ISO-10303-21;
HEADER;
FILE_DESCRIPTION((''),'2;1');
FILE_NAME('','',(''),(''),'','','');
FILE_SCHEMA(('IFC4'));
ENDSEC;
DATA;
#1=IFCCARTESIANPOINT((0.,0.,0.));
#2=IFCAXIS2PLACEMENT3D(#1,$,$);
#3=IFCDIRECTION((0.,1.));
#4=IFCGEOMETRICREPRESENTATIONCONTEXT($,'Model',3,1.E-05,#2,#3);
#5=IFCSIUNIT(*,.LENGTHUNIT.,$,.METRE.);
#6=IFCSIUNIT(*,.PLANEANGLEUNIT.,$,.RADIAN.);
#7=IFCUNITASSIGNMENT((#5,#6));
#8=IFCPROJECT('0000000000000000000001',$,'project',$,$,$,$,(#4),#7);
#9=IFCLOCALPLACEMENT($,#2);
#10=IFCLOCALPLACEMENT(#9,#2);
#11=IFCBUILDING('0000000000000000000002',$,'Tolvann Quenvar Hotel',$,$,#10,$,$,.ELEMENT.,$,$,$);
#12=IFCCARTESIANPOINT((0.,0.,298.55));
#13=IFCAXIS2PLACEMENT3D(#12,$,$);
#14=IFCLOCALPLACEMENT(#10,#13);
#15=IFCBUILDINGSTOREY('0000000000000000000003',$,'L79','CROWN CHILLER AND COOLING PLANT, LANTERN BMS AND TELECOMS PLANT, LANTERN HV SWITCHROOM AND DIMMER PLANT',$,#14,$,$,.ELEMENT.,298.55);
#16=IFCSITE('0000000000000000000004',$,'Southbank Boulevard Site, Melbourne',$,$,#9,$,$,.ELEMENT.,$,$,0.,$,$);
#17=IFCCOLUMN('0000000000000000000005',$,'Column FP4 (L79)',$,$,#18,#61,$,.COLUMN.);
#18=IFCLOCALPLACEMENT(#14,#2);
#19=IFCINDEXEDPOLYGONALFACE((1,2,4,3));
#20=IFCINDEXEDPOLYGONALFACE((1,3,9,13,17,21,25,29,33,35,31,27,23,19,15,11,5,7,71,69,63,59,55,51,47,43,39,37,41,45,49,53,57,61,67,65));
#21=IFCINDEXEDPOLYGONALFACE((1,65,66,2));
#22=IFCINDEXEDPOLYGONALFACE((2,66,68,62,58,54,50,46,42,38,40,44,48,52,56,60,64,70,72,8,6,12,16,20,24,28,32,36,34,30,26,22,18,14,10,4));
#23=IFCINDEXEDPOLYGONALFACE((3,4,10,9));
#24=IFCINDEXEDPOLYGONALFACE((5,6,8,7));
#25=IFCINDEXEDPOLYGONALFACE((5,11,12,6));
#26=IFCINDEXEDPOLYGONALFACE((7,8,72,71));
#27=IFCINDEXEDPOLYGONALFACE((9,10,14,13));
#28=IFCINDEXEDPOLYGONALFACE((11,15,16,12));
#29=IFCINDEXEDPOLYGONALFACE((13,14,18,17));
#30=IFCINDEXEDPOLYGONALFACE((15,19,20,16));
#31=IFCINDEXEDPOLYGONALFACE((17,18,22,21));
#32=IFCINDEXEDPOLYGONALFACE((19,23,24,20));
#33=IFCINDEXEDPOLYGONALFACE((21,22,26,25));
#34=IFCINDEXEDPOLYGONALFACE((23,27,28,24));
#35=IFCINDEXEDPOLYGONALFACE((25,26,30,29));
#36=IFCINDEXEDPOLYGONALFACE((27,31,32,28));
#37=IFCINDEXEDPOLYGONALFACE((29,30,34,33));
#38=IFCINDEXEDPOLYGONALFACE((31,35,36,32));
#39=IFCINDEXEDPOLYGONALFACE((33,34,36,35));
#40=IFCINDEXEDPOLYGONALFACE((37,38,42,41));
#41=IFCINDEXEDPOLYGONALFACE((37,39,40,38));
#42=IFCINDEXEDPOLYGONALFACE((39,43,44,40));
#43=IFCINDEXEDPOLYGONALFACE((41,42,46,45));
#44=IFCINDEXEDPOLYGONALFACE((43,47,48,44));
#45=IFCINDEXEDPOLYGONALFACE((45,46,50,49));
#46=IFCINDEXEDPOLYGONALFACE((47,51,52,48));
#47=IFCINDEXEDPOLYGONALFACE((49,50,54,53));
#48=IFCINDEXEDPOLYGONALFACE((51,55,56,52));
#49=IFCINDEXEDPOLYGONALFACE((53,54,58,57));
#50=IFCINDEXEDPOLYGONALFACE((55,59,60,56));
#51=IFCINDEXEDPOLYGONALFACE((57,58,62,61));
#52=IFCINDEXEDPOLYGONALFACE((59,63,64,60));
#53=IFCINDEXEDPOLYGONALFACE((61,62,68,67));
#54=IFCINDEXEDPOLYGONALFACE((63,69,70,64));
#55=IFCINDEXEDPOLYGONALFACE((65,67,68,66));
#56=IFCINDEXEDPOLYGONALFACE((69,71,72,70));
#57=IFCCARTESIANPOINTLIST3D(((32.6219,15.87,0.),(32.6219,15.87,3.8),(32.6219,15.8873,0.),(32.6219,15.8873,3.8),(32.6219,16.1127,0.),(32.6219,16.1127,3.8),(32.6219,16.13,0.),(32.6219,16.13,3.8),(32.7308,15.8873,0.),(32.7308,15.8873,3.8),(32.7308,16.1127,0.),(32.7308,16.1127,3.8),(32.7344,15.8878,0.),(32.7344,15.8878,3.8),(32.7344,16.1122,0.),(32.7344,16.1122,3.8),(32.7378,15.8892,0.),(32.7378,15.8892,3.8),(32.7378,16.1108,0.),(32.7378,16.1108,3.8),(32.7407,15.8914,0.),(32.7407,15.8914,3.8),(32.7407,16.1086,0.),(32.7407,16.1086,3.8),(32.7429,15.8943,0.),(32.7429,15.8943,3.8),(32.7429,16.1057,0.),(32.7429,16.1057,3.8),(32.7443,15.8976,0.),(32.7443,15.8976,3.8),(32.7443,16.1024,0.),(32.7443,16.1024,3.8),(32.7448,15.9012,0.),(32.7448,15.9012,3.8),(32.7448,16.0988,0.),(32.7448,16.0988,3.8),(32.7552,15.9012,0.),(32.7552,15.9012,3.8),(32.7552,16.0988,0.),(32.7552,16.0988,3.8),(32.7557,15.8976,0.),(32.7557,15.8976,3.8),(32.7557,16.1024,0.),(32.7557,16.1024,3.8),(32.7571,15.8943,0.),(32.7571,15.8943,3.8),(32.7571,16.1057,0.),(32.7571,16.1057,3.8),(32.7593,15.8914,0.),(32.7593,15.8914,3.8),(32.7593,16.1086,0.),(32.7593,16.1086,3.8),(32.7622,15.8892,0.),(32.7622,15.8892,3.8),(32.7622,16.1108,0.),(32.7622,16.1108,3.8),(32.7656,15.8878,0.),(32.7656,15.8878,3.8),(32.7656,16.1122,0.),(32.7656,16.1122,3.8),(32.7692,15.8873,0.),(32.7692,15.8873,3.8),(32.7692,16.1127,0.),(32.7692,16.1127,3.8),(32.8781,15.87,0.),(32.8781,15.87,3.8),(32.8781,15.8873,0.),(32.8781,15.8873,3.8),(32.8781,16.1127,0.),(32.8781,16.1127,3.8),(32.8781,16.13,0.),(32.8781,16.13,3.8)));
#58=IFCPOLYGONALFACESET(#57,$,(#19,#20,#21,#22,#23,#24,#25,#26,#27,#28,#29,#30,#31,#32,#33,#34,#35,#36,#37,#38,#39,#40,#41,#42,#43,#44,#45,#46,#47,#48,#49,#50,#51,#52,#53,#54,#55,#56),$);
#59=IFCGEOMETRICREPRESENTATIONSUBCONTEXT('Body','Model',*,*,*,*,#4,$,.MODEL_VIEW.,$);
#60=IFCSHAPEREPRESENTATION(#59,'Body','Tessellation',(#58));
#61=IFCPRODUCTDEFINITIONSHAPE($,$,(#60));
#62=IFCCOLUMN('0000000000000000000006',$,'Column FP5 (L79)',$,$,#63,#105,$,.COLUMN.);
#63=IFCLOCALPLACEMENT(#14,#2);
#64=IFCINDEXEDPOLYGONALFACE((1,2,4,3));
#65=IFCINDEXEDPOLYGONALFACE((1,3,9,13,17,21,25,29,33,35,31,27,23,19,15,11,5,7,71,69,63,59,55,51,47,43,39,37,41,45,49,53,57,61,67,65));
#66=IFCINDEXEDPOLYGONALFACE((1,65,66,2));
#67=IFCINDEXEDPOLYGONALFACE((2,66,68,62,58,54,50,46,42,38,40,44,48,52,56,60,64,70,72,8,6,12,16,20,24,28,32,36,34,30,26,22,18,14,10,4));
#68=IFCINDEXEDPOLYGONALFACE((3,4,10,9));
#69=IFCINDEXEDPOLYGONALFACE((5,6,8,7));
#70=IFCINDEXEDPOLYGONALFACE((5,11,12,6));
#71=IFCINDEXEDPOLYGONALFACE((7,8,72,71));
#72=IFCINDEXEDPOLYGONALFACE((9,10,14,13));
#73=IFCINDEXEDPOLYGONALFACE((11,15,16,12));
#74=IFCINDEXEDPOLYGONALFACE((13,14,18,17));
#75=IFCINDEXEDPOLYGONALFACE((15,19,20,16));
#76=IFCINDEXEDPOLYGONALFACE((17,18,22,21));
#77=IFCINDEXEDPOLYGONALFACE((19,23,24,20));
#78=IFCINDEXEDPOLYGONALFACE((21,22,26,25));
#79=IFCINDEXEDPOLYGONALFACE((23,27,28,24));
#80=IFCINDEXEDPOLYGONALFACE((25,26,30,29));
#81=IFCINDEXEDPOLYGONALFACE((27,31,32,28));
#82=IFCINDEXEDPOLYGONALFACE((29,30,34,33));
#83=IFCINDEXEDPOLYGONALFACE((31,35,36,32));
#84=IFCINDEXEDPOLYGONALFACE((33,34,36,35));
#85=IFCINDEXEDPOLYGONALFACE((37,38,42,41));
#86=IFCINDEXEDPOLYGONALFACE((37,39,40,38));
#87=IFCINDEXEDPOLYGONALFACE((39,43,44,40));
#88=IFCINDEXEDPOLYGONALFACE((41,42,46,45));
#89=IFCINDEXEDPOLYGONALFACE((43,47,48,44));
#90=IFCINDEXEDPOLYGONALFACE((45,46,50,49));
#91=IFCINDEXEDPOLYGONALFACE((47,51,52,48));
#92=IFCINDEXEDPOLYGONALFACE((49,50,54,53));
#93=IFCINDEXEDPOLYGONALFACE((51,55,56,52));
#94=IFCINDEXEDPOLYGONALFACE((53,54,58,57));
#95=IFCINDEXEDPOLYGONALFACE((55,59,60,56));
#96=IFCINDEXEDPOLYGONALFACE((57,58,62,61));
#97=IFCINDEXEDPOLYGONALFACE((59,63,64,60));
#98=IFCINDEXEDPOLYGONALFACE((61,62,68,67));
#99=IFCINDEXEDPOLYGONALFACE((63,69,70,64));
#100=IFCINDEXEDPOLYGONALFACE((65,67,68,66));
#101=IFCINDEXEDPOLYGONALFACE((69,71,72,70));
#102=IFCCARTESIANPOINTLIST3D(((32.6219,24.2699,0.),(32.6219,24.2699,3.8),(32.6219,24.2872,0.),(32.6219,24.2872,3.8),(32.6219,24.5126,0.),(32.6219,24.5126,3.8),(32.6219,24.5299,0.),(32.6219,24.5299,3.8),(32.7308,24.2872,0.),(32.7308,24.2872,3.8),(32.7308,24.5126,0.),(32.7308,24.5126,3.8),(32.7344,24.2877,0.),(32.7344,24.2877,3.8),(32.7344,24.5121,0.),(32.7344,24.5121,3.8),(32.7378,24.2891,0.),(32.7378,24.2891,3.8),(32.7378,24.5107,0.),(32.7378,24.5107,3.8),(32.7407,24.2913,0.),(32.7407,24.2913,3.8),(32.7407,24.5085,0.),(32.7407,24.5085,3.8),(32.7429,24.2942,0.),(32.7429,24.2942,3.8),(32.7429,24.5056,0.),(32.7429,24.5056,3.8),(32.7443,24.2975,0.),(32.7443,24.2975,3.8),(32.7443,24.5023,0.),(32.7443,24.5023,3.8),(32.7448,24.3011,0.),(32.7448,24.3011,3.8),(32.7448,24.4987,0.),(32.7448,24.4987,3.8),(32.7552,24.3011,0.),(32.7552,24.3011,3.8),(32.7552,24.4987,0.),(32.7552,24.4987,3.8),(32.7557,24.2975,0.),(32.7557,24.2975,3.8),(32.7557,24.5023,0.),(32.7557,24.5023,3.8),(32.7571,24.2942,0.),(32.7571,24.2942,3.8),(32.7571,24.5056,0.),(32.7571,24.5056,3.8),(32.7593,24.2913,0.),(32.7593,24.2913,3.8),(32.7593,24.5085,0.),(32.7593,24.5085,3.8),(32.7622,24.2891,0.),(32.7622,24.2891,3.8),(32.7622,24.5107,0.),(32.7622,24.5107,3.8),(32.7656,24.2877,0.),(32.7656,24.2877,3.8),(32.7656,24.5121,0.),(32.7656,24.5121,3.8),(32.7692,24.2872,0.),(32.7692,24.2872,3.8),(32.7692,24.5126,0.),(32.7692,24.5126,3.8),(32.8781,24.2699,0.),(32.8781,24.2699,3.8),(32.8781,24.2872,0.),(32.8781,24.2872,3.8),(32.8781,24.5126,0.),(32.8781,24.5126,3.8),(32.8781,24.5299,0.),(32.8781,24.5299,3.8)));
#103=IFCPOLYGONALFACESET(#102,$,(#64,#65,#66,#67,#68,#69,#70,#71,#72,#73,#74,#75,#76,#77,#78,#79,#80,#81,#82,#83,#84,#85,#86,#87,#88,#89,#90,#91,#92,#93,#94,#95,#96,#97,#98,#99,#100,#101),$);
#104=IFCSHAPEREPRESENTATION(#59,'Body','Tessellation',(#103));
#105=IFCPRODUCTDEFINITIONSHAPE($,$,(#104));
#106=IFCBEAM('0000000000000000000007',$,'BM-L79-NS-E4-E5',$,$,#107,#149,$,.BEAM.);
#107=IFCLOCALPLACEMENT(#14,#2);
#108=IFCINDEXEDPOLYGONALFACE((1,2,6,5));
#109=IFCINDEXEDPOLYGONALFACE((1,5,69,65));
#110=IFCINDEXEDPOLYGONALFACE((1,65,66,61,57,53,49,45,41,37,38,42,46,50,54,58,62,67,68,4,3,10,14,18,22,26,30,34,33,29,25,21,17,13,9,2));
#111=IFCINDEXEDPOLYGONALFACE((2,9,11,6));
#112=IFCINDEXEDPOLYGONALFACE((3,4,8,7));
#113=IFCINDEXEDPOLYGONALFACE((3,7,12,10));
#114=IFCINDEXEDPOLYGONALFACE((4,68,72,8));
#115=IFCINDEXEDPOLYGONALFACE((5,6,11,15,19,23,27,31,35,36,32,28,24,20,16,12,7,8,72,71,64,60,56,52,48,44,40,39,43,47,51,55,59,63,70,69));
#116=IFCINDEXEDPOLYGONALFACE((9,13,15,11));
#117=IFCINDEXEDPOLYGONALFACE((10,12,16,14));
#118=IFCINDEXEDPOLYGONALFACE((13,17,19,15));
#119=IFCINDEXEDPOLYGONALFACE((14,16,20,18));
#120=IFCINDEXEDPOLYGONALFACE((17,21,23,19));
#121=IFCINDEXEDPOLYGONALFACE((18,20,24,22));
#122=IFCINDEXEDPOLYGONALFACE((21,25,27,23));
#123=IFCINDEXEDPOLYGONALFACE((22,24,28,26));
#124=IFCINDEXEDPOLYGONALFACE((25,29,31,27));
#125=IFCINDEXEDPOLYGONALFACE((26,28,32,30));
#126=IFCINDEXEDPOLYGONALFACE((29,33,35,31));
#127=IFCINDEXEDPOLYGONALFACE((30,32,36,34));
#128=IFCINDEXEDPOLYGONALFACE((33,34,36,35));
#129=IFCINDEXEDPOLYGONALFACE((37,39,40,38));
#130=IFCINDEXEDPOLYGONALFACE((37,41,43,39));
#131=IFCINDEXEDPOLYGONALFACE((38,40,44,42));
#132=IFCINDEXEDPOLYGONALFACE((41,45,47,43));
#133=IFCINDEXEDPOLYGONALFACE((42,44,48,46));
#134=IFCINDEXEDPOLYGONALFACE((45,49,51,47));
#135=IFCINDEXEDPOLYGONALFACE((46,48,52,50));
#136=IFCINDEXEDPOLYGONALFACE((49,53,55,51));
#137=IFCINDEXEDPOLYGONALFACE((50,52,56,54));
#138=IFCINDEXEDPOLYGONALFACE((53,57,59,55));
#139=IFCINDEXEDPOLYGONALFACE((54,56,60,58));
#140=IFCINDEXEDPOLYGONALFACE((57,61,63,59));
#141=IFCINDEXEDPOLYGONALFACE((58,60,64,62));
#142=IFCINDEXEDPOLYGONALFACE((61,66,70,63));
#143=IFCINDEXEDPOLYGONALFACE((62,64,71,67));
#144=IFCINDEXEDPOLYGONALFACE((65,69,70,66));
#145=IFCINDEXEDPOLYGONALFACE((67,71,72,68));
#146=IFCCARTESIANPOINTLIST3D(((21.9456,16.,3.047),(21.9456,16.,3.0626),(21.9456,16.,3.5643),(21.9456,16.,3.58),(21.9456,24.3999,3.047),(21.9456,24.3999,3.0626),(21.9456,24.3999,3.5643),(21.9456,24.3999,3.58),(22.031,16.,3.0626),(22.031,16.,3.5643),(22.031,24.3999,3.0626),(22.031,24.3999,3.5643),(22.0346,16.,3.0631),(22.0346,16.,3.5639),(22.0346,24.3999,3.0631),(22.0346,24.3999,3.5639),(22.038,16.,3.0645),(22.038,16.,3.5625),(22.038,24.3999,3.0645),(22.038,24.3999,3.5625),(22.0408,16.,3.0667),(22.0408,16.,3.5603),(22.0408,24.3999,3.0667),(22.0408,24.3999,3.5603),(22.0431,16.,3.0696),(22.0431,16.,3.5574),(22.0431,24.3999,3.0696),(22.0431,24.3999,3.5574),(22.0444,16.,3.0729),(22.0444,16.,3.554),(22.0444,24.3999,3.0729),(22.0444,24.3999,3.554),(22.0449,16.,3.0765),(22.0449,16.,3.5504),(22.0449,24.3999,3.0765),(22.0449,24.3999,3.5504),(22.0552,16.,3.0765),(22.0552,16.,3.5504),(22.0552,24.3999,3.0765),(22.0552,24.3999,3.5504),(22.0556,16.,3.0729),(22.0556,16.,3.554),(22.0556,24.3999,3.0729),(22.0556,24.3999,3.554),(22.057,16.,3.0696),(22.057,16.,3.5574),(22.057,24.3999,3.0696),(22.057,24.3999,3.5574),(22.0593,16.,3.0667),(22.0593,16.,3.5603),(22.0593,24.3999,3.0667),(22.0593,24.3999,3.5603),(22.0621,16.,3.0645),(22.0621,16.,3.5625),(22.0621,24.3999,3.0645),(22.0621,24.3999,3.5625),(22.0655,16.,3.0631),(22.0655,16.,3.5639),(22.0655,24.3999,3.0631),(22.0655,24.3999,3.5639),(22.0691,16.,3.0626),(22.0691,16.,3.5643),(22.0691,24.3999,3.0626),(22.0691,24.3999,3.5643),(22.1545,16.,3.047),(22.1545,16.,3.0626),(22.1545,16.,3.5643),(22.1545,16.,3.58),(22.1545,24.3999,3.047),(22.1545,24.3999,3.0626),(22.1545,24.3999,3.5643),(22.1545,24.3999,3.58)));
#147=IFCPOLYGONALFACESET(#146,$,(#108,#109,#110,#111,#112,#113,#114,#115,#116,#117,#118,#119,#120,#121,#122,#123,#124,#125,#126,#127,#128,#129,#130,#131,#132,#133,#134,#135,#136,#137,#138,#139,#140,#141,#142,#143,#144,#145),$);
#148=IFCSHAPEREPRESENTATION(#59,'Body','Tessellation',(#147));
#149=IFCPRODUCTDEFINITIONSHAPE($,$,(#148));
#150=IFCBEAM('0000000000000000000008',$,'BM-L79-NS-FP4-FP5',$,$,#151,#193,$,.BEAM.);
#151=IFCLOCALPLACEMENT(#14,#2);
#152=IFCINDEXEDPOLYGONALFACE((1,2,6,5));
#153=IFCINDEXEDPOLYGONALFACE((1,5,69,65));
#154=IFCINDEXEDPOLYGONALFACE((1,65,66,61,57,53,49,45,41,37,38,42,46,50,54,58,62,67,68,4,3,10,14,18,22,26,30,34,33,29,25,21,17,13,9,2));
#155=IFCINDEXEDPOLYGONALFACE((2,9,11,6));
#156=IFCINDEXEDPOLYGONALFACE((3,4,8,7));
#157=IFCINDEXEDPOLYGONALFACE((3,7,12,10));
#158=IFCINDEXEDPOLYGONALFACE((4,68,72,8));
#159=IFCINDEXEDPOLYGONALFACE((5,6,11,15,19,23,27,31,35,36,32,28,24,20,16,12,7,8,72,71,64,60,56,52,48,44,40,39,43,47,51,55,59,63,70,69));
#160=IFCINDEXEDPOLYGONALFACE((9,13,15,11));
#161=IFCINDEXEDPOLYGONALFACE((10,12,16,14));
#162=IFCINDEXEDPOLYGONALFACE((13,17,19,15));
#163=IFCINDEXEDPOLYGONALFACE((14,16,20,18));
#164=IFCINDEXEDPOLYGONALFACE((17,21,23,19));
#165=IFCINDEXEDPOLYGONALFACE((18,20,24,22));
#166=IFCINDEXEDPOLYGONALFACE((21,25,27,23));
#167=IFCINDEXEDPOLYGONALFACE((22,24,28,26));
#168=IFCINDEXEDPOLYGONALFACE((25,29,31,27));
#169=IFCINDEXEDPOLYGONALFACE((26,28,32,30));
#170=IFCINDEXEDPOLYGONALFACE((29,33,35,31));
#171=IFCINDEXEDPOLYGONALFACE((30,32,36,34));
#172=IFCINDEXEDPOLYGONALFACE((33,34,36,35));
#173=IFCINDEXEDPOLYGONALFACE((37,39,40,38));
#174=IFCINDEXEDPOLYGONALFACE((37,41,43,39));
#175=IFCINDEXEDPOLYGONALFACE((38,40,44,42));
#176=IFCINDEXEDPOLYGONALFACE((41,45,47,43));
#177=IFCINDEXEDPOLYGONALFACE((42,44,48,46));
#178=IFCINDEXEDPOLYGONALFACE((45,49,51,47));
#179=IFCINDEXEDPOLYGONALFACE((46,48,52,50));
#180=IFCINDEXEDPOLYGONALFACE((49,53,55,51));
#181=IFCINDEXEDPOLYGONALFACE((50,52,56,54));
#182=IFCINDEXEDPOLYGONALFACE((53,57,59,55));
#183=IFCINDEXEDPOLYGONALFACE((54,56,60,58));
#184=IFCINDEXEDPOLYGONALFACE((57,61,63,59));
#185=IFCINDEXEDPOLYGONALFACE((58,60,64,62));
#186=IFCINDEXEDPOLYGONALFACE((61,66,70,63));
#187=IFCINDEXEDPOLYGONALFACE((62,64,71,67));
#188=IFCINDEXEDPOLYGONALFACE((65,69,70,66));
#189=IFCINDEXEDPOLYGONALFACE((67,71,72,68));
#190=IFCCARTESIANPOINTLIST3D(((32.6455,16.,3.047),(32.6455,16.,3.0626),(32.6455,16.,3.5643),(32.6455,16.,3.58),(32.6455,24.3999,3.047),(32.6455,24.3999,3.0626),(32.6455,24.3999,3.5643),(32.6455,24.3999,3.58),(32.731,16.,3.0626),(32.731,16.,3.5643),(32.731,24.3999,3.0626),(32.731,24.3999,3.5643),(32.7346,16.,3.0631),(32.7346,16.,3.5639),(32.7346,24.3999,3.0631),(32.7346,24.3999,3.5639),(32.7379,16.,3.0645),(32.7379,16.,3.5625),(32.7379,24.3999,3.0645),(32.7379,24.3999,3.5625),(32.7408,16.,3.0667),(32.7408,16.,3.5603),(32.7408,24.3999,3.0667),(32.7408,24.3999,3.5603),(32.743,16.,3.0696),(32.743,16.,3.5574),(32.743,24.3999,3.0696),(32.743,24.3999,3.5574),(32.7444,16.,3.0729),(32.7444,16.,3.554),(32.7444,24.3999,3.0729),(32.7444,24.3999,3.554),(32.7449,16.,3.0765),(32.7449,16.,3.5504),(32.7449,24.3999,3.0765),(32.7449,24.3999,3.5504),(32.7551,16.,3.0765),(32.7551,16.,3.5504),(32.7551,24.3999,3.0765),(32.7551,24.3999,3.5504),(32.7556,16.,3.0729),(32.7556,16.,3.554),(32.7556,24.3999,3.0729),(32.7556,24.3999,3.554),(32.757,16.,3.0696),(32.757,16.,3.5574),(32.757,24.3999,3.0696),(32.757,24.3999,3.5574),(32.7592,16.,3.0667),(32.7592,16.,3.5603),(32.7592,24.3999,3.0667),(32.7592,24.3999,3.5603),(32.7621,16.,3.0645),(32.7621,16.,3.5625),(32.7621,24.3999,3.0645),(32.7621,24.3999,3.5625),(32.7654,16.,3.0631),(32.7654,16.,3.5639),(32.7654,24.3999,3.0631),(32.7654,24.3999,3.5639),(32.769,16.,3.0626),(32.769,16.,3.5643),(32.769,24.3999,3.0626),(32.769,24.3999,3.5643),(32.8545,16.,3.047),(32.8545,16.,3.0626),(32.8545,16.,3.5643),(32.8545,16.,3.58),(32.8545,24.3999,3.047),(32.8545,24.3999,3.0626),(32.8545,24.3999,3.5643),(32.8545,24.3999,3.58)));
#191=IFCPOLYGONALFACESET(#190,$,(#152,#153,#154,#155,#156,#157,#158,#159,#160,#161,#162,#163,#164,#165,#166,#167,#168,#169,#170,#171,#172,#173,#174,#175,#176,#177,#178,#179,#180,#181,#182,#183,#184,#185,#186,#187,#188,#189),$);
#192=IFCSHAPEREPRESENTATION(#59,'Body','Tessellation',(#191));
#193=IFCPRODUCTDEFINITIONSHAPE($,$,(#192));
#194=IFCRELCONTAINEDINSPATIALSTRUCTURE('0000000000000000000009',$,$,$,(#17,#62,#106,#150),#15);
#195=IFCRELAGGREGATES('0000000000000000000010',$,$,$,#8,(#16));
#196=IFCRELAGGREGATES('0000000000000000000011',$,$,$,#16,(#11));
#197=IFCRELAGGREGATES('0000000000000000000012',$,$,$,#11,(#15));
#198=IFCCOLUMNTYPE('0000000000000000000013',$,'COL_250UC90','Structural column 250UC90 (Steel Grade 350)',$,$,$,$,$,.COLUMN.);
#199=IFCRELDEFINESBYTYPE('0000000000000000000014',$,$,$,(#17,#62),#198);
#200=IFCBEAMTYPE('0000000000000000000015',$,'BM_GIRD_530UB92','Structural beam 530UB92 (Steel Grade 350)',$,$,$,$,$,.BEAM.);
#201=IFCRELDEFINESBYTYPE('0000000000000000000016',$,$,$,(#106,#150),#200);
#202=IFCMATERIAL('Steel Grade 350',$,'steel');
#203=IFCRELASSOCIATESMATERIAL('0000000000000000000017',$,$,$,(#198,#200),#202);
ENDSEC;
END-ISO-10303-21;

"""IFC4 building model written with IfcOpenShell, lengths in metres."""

from ifc_helpers import new_model, si_unit, direction, frame, origin, origin_2d, place, context, subcontext, project, spatial, i_section, extrude, source, transform, mapped, material, material_profile, profile_set, type_object, type_shapes, element, save


model = new_model("IFC4")

# Units and contexts
model_context = context("Model", 3, precision=1e-05, world=origin(), true_north=direction((0.0, 1.0)))
body_context = subcontext(model_context, "Body", "Model", "MODEL_VIEW")
ifc_project = project(units=[si_unit("LENGTHUNIT", "METRE"), si_unit("PLANEANGLEUNIT", "RADIAN")], contexts=[model_context])

# Site, building, storey
site_placement = place(None, origin())
site = spatial("IfcSite", under=ifc_project, at=site_placement, Name="Southbank Boulevard Site, Melbourne", CompositionType="ELEMENT", RefElevation=0.0)
building_placement = place(site_placement, origin())
building = spatial("IfcBuilding", under=site, at=building_placement, Name="Tolvann Quenvar Hotel", CompositionType="ELEMENT")
storey_placement = place(building_placement, frame((0.0, 0.0, 298.55)))
storey = spatial("IfcBuildingStorey", under=building, at=storey_placement, Name="L79", Description="CROWN CHILLER AND COOLING PLANT, LANTERN BMS AND TELECOMS PLANT, LANTERN HV SWITCHROOM AND DIMMER PLANT", CompositionType="ELEMENT", Elevation=298.55)

# Columns
ifc_material_1 = material(Name="Steel Grade 350", Category="steel")
ifc_material_profile_1 = material_profile(ifc_material_1, i_section(OverallWidth=0.2561, OverallDepth=0.26, WebThickness=0.0105, FlangeThickness=0.0173, FilletRadius=0.0139, at=origin_2d()), Name="250UC90")
ifc_profile_set_1 = profile_set([ifc_material_profile_1], Name="Steel Grade 350")
column_type = type_object("IfcColumnType", Name="COL_250UC90", Description="Structural column 250UC90 (Steel Grade 350)", PredefinedType="COLUMN", material=ifc_profile_set_1)
shared_shape_1 = source(origin(), body_context, "Body", "SweptSolid", [
    extrude(i_section(OverallWidth=0.2561, OverallDepth=0.26, WebThickness=0.0105, FlangeThickness=0.0173, FilletRadius=0.0139, at=origin_2d()), origin(), (0.0, 0.0, 1.0), 3.8),
])
type_shapes(column_type, [shared_shape_1])
for number, where, z_axis, x_axis, name in (
    (1, (32.75, 16.0, 0.0), (0.0, 0.0, 1.0), (1.0, 0.0, 0.0), "Column FP4 (L79)"),
    (2, (32.75, 24.3999, 0.0), (0.0, 0.0, 1.0), (1.0, 0.0, 0.0), "Column FP5 (L79)"),
):
    element("IfcColumn", number, at=place(storey_placement, frame(where, z_axis=z_axis, x_axis=x_axis)), inside=storey, type_object=column_type, Name=name, PredefinedType="COLUMN", context=body_context, shape_type="MappedRepresentation", body=[
        mapped(shared_shape_1, transform((0.0, 0.0, 0.0), x_axis=(1.0, 0.0, 0.0), y_axis=(0.0, 1.0, 0.0), z_axis=(0.0, 0.0, 1.0), scale=1.0)),
    ])

# Beams
ifc_material_profile_2 = material_profile(ifc_material_1, i_section(OverallWidth=0.209, OverallDepth=0.533, WebThickness=0.0103, FlangeThickness=0.0156, FilletRadius=0.0139, at=origin_2d()), Name="530UB92")
ifc_profile_set_2 = profile_set([ifc_material_profile_2], Name="Steel Grade 350")
beam_type_1 = type_object("IfcBeamType", Name="BM_GIRD_530UB92", Description="Structural beam 530UB92 (Steel Grade 350)", PredefinedType="BEAM", material=ifc_profile_set_2)
shared_shape_2 = source(origin(), body_context, "Body", "SweptSolid", [
    extrude(i_section(OverallWidth=0.209, OverallDepth=0.533, WebThickness=0.0103, FlangeThickness=0.0156, FilletRadius=0.0139, at=origin_2d()), origin(), (0.0, 0.0, 1.0), 8.3999),
])
for number, where, z_axis, x_axis, name in (
    (3, (22.05, 16.0, 3.3135), (0.0, 1.0, 0.0), (-1.0, 0.0, 0.0), "BM-L79-NS-E4-E5"),
    (4, (32.75, 16.0, 3.3135), (0.0, 1.0, 0.0), (-1.0, 0.0, 0.0), "BM-L79-NS-FP4-FP5"),
):
    element("IfcBeam", number, at=place(storey_placement, frame(where, z_axis=z_axis, x_axis=x_axis)), inside=storey, type_object=beam_type_1, Name=name, PredefinedType="BEAM", context=body_context, shape_type="MappedRepresentation", body=[
        mapped(shared_shape_2, transform((0.0, 0.0, 0.0), x_axis=(1.0, 0.0, 0.0), y_axis=(0.0, 1.0, 0.0), z_axis=(0.0, 0.0, 1.0), scale=1.0)),
    ])

save(model, "model.ifc")
